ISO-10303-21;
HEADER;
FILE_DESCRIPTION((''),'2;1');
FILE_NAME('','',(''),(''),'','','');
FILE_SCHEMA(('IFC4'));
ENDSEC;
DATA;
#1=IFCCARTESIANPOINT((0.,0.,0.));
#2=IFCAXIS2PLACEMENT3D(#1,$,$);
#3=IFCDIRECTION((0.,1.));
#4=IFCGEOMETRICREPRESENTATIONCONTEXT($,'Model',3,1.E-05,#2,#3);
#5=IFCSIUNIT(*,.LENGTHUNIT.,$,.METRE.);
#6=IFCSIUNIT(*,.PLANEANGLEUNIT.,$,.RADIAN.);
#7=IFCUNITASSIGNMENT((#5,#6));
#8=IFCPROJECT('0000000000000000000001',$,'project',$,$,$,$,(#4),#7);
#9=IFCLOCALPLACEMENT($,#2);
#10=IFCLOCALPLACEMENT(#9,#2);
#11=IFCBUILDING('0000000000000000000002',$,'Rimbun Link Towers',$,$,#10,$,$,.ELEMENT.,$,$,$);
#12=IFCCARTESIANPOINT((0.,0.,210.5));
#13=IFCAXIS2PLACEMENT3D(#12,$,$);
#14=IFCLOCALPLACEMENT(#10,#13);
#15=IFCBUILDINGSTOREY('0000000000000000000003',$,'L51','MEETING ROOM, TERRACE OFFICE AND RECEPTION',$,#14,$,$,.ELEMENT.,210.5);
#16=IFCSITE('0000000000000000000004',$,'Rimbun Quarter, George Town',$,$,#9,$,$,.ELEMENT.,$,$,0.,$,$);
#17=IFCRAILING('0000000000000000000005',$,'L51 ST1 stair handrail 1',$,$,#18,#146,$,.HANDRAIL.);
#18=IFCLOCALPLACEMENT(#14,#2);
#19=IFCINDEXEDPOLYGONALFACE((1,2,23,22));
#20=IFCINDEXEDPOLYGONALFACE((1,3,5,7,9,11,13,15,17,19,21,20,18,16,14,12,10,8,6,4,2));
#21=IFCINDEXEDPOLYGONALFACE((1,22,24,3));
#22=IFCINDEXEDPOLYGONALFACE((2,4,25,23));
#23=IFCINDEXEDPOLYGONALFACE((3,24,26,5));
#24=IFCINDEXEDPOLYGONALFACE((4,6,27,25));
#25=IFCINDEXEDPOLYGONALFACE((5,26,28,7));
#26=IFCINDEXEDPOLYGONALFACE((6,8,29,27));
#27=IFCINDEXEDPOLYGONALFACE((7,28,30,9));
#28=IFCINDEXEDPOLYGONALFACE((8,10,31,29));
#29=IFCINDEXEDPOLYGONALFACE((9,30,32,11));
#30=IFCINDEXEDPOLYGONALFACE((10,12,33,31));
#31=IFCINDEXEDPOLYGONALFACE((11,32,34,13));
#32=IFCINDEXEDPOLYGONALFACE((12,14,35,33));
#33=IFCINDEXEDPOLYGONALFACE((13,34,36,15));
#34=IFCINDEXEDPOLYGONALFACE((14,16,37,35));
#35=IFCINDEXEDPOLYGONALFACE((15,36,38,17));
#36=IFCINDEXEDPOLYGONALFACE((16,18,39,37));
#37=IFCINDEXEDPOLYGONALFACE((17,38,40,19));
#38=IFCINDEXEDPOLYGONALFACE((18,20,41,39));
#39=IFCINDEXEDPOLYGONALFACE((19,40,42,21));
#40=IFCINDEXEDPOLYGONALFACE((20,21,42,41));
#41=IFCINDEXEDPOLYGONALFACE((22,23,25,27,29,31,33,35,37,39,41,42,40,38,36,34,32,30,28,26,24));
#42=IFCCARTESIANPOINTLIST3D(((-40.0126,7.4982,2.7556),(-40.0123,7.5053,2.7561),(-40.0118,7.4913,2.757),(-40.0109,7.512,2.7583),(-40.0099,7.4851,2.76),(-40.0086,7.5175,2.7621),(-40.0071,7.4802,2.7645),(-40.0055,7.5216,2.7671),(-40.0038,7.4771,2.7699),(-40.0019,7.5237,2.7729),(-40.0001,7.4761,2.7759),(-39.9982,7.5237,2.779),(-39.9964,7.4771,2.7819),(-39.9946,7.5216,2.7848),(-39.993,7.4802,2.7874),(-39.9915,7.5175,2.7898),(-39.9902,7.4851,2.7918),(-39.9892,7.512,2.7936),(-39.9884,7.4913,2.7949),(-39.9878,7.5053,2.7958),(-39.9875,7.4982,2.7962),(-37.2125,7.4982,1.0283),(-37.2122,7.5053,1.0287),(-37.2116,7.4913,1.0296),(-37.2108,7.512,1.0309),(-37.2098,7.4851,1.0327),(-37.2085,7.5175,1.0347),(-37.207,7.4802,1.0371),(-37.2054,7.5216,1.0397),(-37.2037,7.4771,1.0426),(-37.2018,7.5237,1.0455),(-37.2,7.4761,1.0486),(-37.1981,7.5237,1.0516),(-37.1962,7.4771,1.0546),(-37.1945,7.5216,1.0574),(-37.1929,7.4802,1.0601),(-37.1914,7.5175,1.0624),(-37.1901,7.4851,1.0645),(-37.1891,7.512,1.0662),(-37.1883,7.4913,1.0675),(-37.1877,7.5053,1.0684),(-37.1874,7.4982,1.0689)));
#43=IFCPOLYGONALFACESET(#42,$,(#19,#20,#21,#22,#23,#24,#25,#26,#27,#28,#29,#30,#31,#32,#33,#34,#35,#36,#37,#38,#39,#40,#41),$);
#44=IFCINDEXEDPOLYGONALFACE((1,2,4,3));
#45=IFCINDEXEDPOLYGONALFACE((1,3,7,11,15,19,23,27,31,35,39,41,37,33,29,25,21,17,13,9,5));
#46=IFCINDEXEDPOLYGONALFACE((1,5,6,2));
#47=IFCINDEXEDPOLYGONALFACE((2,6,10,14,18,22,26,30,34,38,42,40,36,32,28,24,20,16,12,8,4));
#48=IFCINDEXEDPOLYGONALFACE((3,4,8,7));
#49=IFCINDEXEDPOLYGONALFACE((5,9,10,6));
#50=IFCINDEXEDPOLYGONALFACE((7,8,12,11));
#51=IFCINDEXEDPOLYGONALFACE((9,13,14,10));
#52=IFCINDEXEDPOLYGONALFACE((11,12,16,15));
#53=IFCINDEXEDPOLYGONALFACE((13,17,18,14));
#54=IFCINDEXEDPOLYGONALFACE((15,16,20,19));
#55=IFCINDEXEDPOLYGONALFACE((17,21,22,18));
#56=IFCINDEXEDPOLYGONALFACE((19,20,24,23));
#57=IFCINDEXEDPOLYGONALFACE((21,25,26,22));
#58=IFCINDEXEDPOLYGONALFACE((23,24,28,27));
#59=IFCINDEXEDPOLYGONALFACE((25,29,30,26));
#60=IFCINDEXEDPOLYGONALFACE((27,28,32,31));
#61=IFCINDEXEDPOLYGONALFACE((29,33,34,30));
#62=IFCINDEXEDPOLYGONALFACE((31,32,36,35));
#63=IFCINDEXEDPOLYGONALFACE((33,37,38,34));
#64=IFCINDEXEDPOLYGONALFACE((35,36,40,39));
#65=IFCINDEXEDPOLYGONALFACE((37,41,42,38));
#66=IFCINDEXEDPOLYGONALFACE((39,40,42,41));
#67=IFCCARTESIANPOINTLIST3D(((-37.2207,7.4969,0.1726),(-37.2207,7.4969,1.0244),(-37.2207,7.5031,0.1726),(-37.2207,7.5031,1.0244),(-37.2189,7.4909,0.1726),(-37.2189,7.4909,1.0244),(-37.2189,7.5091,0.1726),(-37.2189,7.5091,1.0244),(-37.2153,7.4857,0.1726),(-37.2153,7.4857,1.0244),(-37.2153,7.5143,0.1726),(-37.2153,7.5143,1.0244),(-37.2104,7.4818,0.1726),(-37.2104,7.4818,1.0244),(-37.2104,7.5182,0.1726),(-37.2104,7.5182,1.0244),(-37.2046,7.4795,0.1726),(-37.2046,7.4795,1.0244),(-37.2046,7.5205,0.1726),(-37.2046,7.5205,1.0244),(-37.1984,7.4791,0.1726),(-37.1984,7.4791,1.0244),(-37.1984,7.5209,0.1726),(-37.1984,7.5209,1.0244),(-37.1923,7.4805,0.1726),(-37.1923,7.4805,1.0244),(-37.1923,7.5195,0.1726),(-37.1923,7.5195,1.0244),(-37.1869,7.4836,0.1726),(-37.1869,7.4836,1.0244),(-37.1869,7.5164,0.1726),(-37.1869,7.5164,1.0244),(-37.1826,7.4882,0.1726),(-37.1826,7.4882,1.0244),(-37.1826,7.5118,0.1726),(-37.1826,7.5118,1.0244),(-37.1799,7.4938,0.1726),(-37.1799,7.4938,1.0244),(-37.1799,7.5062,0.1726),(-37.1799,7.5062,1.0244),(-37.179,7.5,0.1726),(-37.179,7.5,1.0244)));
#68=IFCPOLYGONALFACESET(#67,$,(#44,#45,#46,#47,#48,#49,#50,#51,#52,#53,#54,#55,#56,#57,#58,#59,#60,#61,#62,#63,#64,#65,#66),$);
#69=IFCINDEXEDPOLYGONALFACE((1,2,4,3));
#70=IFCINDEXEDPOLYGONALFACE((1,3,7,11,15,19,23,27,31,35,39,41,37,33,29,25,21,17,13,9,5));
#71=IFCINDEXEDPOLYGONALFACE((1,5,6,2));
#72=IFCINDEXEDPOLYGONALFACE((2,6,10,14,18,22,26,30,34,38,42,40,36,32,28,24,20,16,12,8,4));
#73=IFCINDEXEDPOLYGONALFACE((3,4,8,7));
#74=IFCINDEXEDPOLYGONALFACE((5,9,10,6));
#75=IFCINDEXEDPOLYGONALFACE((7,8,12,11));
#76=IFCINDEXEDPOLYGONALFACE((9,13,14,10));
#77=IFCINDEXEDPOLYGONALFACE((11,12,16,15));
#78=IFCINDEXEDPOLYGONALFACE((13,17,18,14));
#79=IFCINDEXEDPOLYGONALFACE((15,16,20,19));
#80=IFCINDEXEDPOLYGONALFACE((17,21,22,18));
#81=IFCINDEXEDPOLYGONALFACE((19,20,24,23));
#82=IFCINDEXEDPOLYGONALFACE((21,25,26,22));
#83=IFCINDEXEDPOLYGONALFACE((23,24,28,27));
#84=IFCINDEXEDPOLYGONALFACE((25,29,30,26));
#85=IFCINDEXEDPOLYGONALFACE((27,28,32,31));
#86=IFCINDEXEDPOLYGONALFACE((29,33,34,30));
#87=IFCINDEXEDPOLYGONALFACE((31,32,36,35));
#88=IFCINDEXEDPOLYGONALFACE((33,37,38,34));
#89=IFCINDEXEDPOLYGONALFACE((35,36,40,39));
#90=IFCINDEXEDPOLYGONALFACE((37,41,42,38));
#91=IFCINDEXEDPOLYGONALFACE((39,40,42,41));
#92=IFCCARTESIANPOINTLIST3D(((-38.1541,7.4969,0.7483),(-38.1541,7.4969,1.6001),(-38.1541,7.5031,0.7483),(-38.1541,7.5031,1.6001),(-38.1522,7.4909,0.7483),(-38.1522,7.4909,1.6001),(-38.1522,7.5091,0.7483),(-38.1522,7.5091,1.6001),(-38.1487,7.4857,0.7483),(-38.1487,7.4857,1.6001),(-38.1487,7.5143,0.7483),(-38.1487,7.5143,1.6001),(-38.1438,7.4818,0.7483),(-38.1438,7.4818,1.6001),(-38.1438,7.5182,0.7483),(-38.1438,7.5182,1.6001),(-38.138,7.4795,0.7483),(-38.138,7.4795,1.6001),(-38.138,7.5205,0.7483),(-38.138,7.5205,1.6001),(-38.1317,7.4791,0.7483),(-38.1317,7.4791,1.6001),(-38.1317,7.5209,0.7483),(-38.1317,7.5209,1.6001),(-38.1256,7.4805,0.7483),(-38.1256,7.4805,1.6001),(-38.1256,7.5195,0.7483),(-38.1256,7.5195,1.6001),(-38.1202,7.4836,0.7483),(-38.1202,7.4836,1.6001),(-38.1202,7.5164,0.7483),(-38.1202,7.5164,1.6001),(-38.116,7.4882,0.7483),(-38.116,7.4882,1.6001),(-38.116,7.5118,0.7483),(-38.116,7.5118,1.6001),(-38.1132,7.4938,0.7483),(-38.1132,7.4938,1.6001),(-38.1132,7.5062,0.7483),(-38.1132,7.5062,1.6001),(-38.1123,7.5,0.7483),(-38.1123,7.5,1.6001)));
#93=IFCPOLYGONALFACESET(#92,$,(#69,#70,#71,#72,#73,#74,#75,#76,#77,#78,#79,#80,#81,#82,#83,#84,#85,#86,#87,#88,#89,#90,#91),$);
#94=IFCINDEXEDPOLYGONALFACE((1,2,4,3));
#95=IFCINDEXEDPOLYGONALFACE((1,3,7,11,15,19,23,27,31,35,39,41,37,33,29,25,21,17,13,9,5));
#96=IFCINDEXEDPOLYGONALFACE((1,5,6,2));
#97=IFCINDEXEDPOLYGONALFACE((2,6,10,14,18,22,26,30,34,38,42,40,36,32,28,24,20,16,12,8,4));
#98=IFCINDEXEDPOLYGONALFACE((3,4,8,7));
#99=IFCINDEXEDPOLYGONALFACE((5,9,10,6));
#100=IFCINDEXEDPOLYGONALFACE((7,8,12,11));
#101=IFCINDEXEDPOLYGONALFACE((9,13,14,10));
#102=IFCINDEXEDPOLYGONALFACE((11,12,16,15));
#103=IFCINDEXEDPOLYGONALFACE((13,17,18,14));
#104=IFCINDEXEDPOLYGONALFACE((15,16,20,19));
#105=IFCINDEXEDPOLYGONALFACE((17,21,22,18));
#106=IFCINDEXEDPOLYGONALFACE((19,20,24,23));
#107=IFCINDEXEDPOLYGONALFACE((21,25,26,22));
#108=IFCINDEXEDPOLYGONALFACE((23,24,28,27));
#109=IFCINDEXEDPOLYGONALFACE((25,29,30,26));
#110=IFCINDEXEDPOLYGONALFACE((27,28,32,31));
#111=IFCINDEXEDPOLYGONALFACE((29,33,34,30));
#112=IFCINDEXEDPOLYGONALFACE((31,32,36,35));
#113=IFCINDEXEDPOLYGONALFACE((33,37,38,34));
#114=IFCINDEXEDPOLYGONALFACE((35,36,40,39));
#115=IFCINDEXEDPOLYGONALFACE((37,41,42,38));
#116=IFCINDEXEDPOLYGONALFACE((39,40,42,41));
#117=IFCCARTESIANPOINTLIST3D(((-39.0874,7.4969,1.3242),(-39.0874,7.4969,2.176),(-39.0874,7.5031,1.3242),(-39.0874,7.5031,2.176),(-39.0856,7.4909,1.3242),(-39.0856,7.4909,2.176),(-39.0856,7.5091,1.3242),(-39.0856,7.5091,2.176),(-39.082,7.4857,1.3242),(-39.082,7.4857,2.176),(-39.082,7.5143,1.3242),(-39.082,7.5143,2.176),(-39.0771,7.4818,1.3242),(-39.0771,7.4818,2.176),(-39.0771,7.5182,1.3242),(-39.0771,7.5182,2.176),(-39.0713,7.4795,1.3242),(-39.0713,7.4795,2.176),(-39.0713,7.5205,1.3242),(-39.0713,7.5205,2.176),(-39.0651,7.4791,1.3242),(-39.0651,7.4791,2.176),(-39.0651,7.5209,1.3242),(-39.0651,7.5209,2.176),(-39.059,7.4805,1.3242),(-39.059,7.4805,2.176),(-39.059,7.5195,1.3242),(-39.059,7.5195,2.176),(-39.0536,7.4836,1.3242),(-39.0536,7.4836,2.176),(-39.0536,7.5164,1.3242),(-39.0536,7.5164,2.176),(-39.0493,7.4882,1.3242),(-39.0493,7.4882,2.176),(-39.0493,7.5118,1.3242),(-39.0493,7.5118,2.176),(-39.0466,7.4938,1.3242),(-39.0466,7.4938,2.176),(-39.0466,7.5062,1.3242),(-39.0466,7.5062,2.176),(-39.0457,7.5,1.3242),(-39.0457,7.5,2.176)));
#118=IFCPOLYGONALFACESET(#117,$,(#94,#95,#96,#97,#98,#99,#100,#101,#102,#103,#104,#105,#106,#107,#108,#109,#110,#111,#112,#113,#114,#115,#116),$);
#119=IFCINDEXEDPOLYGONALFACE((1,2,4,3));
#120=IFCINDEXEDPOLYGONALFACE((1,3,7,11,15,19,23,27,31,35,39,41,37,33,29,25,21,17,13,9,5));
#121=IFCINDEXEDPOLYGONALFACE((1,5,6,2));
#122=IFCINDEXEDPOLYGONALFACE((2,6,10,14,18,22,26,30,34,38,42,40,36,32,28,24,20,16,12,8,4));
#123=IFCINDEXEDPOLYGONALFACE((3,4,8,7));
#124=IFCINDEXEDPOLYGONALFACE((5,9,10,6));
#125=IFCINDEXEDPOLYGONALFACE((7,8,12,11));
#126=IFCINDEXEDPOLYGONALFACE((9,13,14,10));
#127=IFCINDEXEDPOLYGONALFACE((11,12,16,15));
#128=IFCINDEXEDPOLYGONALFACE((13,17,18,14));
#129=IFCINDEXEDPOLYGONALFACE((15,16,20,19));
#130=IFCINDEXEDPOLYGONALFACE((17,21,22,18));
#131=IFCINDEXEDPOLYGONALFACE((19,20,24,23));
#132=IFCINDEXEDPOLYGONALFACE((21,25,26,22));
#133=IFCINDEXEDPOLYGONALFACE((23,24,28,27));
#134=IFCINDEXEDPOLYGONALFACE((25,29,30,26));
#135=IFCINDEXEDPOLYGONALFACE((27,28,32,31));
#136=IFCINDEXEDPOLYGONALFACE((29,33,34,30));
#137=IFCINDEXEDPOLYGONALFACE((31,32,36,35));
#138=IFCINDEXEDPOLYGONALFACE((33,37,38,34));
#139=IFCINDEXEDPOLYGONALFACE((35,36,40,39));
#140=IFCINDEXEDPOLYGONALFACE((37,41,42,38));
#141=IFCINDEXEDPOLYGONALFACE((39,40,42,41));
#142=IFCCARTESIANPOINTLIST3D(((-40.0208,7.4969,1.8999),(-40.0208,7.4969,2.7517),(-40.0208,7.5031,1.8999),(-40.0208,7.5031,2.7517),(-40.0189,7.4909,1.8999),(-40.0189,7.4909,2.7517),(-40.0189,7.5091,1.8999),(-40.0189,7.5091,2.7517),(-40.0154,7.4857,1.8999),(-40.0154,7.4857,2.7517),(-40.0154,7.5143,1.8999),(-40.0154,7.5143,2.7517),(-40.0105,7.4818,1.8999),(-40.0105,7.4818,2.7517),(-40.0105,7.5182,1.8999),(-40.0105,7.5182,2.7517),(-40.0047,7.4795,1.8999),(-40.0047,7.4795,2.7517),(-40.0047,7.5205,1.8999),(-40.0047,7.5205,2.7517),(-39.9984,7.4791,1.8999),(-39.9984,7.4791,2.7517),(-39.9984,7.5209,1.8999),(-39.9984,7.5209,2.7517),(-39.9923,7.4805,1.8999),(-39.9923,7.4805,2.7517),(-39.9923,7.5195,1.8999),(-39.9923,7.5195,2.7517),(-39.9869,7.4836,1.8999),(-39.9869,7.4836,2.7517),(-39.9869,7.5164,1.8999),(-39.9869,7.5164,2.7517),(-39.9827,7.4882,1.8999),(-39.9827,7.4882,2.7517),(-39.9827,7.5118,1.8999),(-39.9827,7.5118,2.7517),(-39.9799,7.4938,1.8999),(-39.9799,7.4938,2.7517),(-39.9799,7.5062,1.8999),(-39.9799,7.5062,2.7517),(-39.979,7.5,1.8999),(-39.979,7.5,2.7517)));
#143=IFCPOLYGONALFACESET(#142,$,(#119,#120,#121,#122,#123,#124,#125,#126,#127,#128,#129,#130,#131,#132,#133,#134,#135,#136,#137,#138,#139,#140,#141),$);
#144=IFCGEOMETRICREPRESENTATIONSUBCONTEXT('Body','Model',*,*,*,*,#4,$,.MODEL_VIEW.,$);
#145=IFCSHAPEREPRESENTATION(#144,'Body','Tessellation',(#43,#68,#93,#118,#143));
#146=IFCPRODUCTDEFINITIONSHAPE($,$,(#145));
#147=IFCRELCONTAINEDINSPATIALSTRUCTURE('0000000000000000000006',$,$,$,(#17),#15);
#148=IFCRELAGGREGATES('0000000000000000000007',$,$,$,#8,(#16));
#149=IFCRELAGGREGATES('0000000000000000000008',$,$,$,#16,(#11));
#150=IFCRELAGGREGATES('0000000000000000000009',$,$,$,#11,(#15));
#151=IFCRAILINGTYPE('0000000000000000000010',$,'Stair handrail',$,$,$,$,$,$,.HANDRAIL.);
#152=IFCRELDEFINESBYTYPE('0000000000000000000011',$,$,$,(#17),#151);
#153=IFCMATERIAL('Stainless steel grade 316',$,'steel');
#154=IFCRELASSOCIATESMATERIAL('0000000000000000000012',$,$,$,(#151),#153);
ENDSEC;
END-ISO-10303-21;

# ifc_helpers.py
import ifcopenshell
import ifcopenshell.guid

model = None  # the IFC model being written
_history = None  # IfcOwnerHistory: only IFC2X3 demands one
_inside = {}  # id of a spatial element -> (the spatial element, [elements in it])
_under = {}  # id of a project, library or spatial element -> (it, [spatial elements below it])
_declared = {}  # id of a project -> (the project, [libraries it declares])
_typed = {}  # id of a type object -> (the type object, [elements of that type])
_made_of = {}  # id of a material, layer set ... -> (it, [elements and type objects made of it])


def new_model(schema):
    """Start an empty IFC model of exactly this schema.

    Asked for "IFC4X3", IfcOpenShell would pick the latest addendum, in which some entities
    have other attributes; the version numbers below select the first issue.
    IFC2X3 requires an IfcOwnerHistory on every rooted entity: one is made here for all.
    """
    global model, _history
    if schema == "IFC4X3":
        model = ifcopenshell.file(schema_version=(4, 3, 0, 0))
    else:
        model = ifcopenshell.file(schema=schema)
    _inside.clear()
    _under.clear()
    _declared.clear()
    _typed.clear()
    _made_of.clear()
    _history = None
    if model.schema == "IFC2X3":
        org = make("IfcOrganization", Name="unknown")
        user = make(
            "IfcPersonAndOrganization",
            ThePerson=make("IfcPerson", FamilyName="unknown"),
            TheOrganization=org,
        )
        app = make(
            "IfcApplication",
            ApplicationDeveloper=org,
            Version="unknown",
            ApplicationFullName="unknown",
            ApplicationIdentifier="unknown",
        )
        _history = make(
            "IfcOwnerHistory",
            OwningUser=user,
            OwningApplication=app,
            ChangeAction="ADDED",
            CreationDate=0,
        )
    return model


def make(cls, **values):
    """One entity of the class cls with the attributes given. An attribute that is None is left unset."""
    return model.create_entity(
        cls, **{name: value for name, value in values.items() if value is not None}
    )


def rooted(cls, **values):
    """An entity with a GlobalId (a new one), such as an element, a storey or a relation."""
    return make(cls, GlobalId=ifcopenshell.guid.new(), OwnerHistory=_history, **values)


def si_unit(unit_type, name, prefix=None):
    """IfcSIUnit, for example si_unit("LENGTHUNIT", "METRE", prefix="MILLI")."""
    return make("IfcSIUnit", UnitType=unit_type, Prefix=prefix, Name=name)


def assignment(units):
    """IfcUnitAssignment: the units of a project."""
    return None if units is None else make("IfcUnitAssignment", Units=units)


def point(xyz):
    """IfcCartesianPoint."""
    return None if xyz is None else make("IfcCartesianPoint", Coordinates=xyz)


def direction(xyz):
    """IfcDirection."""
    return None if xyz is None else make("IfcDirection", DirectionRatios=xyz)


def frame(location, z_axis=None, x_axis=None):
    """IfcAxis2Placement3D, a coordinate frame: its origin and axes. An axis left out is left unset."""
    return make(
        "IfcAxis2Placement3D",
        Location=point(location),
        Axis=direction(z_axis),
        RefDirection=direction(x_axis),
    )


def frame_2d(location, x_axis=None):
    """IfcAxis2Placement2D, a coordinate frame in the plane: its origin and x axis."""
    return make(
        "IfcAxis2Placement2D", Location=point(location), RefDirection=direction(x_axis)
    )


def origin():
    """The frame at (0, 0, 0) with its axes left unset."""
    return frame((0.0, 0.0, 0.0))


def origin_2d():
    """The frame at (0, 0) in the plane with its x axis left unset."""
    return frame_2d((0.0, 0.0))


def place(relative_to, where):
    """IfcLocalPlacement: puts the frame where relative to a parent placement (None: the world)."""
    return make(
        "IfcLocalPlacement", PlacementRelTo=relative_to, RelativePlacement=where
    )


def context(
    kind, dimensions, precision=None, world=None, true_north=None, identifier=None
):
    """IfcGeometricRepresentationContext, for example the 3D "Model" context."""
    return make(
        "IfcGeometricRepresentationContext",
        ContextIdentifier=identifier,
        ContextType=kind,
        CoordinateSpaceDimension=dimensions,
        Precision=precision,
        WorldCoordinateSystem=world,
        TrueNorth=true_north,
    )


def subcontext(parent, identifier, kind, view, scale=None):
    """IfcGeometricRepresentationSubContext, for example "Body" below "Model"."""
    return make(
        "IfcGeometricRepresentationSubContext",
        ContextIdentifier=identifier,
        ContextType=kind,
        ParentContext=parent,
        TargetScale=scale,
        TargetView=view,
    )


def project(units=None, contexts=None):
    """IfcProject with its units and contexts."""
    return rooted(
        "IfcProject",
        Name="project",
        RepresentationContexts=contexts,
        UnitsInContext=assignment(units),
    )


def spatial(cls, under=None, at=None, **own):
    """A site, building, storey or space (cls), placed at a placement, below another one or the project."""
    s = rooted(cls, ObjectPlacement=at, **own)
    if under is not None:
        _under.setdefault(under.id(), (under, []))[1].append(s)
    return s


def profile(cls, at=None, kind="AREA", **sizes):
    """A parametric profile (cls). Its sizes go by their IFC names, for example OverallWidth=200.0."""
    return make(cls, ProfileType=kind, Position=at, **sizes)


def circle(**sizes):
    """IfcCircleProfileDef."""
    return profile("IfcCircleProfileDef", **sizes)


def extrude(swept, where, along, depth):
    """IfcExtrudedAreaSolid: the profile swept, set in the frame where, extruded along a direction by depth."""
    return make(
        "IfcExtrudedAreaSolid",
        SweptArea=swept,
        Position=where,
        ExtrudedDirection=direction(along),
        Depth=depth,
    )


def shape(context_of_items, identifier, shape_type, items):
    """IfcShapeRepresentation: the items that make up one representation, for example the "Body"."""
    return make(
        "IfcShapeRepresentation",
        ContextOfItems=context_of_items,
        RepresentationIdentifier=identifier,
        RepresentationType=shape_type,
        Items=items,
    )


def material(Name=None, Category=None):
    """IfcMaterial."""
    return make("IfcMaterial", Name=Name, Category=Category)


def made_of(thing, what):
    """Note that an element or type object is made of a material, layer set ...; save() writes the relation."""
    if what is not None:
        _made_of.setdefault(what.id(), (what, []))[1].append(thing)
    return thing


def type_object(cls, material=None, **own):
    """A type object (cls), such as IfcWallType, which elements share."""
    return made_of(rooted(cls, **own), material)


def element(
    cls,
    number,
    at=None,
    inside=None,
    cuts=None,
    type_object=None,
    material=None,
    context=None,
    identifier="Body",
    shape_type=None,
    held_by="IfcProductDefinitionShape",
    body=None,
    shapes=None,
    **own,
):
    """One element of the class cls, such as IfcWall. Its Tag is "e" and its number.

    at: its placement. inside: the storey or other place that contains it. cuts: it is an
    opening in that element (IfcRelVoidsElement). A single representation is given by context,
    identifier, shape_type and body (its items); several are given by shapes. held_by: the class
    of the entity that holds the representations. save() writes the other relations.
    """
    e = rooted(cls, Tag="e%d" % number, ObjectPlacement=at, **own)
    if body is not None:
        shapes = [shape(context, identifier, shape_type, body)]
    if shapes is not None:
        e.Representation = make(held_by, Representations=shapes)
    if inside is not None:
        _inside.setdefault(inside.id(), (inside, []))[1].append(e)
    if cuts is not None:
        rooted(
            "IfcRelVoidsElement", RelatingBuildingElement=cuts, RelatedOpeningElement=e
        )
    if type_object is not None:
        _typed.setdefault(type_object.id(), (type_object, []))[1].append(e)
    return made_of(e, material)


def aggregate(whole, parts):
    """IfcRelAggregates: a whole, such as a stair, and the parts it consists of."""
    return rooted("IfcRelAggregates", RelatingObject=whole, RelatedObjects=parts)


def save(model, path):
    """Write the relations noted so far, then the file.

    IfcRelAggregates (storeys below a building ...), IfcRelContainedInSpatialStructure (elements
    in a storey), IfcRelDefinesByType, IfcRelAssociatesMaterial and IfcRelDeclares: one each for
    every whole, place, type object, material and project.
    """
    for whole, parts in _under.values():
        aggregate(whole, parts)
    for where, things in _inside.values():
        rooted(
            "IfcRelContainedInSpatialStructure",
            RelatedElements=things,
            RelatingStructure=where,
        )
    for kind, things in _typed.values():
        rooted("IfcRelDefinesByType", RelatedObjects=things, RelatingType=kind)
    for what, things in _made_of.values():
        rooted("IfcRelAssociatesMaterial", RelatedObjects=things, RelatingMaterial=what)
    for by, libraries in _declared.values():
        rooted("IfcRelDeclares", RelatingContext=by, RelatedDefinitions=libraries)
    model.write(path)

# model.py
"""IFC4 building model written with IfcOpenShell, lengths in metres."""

from ifc_helpers import new_model, si_unit, direction, frame, origin, origin_2d, place, context, subcontext, project, spatial, circle, extrude, material, type_object, element, save


model = new_model("IFC4")

# Units and contexts
model_context = context("Model", 3, precision=1e-05, world=origin(), true_north=direction((0.0, 1.0)))
body_context = subcontext(model_context, "Body", "Model", "MODEL_VIEW")
ifc_project = project(units=[si_unit("LENGTHUNIT", "METRE"), si_unit("PLANEANGLEUNIT", "RADIAN")], contexts=[model_context])

# Site, building, storey
site_placement = place(None, origin())
site = spatial("IfcSite", under=ifc_project, at=site_placement, Name="Rimbun Quarter, George Town", CompositionType="ELEMENT", RefElevation=0.0)
building_placement = place(site_placement, origin())
building = spatial("IfcBuilding", under=site, at=building_placement, Name="Rimbun Link Towers", CompositionType="ELEMENT")
storey_placement = place(building_placement, frame((0.0, 0.0, 210.5)))
storey = spatial("IfcBuildingStorey", under=building, at=storey_placement, Name="L51", Description="MEETING ROOM, TERRACE OFFICE AND RECEPTION", CompositionType="ELEMENT", Elevation=210.5)

# Railing
ifc_material_1 = material(Name="Stainless steel grade 316", Category="steel")
railing_type_1 = type_object("IfcRailingType", Name="Stair handrail", PredefinedType="HANDRAIL", material=ifc_material_1)
railing_1_placement = place(storey_placement, frame((-37.2, 7.5, 0.1726)))
element("IfcRailing", 1, at=railing_1_placement, inside=storey, type_object=railing_type_1, Name="L51 ST1 stair handrail 1", PredefinedType="HANDRAIL", context=body_context, shape_type="SweptSolid", body=[
    extrude(circle(Radius=0.0239, at=origin_2d()), frame((0.0, 0.0, 0.876), z_axis=(-0.85109, 0.0, 0.52502), x_axis=(0.0, -1.0, 0.0)), (0.0, 0.0, 1.0), 3.29),
    extrude(circle(Radius=0.021, at=origin_2d()), origin(), (0.0, 0.0, 1.0), 0.8518),
    extrude(circle(Radius=0.021, at=origin_2d()), frame((-0.9333, 0.0, 0.5757)), (0.0, 0.0, 1.0), 0.8518),
    extrude(circle(Radius=0.021, at=origin_2d()), frame((-1.8667, 0.0, 1.1516)), (0.0, 0.0, 1.0), 0.8518),
    extrude(circle(Radius=0.021, at=origin_2d()), frame((-2.8, 0.0, 1.7273)), (0.0, 0.0, 1.0), 0.8518),
])

save(model, "model.ifc")
